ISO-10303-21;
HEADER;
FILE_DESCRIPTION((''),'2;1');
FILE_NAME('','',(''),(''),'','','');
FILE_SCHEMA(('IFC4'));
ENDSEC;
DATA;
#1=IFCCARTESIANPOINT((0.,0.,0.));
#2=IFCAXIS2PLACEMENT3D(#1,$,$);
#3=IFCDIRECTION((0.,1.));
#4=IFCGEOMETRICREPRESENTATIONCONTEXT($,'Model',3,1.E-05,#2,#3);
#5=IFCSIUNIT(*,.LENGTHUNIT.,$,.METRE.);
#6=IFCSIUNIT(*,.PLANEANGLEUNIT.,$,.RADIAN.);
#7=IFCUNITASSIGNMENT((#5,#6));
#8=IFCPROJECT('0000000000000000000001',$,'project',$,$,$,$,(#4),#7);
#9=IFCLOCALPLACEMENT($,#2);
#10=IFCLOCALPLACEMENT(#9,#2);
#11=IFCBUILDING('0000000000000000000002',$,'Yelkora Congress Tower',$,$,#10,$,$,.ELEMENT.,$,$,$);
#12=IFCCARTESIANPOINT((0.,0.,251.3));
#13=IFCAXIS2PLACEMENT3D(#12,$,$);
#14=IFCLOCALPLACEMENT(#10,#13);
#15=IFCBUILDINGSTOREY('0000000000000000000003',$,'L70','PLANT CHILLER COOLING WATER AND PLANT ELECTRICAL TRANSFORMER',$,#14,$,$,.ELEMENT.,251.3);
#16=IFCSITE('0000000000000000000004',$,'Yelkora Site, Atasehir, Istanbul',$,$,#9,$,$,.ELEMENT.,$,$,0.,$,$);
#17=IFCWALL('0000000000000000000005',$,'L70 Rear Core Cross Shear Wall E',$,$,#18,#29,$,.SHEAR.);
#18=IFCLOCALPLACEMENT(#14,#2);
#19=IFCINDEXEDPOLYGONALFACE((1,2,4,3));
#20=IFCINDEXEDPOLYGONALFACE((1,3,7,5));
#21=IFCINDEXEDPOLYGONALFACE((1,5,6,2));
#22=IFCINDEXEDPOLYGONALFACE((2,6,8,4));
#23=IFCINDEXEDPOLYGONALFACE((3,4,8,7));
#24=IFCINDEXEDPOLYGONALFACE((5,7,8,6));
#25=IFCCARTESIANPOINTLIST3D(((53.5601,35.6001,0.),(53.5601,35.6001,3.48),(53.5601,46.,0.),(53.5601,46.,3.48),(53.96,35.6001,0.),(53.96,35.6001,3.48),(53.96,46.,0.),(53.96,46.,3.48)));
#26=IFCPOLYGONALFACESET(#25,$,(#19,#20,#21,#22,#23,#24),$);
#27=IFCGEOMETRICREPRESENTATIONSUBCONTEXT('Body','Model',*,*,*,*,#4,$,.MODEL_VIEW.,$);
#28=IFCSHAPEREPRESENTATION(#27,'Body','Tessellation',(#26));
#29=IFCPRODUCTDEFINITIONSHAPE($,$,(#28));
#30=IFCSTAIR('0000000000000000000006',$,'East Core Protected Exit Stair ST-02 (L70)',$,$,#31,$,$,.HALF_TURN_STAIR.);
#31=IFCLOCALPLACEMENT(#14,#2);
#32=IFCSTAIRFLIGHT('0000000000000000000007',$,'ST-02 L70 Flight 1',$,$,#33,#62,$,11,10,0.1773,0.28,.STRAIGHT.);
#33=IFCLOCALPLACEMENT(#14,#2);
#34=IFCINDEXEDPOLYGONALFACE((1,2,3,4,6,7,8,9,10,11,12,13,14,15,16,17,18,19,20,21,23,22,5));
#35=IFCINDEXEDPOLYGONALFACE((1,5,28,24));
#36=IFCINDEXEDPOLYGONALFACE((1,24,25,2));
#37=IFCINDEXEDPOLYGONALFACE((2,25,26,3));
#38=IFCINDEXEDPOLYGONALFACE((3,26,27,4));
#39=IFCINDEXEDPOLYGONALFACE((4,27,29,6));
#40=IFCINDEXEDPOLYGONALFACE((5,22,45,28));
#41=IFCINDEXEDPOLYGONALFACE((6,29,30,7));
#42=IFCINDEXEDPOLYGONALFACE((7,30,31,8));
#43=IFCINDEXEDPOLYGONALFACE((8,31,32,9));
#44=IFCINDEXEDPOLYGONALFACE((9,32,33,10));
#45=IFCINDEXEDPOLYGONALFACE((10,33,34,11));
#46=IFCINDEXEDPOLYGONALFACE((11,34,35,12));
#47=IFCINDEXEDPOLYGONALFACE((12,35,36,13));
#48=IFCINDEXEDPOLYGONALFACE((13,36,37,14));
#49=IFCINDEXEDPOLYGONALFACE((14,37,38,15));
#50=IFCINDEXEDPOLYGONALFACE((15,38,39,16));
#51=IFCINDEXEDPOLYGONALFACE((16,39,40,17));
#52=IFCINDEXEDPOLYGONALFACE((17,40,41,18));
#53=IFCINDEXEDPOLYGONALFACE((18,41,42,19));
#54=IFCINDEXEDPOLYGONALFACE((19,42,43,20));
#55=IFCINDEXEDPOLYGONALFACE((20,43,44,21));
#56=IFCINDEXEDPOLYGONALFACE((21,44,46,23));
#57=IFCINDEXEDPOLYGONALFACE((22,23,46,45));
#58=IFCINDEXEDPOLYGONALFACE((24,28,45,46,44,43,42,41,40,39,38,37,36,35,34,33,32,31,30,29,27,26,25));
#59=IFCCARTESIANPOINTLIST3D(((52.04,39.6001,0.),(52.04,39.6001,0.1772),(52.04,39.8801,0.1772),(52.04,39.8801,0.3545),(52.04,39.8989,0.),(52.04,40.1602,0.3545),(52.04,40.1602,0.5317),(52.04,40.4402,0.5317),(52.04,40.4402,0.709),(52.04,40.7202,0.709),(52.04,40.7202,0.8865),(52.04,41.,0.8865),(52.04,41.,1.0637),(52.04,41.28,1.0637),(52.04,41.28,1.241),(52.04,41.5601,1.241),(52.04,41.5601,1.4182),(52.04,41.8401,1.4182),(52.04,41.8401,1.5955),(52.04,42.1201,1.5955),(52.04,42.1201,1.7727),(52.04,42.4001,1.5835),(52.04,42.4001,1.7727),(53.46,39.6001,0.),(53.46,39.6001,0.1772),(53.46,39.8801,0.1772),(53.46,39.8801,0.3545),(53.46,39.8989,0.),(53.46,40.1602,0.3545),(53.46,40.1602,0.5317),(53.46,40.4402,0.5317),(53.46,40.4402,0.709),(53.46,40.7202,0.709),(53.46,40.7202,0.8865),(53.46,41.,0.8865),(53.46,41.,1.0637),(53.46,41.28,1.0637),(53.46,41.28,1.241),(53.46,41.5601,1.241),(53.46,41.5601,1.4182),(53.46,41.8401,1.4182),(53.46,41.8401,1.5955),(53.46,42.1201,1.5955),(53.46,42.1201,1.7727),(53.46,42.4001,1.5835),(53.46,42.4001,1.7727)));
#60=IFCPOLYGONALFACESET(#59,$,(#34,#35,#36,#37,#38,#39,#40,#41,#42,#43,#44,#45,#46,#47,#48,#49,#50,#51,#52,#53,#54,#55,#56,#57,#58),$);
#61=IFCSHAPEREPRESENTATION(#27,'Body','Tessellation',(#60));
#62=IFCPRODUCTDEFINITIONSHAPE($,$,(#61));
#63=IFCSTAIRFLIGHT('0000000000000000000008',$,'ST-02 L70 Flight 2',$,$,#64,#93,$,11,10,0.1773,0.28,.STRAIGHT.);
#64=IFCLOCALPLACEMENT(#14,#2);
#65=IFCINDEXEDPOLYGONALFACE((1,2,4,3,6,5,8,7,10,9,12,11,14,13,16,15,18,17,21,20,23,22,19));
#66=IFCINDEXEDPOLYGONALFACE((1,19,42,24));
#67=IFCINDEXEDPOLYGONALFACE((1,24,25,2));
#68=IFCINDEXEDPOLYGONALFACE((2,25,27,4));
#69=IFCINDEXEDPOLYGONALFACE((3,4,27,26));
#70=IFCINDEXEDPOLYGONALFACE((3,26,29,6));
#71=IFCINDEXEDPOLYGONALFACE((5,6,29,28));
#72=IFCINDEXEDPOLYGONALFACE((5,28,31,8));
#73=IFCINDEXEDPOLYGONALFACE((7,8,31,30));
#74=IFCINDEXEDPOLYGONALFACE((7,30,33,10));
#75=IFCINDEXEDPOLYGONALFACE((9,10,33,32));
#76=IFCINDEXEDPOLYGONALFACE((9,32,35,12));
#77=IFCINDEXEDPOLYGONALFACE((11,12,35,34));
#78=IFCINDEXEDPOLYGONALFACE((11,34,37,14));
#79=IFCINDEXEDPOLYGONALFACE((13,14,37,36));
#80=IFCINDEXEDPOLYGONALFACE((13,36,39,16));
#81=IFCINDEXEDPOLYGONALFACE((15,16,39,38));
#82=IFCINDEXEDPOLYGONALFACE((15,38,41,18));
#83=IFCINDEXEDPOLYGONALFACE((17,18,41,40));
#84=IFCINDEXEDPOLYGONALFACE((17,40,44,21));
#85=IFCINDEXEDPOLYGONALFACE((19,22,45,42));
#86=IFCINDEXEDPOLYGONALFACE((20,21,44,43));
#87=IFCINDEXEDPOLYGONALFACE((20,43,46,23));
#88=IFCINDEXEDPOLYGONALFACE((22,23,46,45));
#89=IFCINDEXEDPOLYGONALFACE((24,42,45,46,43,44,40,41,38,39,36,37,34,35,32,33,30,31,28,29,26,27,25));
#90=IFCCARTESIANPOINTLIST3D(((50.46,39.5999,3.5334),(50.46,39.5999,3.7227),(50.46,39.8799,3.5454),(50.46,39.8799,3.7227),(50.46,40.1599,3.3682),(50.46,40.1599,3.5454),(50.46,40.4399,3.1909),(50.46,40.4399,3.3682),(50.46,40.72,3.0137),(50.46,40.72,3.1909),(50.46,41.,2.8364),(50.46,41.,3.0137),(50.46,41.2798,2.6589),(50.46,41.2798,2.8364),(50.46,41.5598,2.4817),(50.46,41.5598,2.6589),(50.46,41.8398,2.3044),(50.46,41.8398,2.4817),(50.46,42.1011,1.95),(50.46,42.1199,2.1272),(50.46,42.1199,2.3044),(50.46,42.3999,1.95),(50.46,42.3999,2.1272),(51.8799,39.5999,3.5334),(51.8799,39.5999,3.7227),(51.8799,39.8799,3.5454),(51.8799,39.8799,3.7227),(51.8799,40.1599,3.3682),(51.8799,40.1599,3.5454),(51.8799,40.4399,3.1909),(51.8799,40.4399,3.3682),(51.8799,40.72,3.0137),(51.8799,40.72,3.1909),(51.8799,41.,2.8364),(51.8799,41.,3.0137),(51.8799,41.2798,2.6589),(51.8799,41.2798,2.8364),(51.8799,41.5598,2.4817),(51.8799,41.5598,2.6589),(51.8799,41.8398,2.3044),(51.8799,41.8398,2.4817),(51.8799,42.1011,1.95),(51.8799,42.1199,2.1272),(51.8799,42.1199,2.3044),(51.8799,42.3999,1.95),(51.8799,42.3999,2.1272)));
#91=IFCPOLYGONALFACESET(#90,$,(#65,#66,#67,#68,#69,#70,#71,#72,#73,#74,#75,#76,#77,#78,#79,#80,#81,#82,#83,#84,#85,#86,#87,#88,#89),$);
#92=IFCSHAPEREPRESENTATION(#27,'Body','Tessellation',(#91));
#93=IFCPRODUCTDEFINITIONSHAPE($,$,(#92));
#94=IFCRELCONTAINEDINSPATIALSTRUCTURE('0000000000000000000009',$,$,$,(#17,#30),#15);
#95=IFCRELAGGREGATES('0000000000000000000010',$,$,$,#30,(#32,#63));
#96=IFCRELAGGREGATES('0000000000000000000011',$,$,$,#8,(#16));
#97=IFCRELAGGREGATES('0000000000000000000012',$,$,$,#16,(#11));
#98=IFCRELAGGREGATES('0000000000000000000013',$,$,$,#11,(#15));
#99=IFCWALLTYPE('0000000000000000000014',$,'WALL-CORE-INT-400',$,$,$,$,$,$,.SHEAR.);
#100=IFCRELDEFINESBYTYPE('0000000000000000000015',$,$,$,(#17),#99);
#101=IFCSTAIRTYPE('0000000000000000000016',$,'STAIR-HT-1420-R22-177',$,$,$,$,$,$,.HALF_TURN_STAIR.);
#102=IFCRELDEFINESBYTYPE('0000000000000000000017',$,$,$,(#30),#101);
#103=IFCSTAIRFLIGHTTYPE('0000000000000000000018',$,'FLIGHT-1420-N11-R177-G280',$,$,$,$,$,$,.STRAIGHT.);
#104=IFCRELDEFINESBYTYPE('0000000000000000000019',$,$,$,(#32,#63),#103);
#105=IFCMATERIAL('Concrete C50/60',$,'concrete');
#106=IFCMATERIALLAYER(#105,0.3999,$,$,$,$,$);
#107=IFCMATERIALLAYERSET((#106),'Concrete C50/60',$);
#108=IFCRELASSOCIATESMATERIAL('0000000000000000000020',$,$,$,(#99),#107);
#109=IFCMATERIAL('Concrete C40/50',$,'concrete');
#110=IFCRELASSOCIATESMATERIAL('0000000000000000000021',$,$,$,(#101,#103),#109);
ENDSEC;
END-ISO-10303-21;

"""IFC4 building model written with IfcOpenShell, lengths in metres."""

from ifc_helpers import new_model, si_unit, direction, frame, frame_2d, origin, place, context, subcontext, project, spatial, polyline, rectangle, outline, extrude, material, layer, layer_set, type_object, element, aggregate, save


model = new_model("IFC4")

# Units and contexts
model_context = context("Model", 3, precision=1e-05, world=origin(), true_north=direction((0.0, 1.0)))
body_context = subcontext(model_context, "Body", "Model", "MODEL_VIEW")
ifc_project = project(units=[si_unit("LENGTHUNIT", "METRE"), si_unit("PLANEANGLEUNIT", "RADIAN")], contexts=[model_context])

# Site, building, storey
site_placement = place(None, origin())
site = spatial("IfcSite", under=ifc_project, at=site_placement, Name="Yelkora Site, Atasehir, Istanbul", CompositionType="ELEMENT", RefElevation=0.0)
building_placement = place(site_placement, origin())
building = spatial("IfcBuilding", under=site, at=building_placement, Name="Yelkora Congress Tower", CompositionType="ELEMENT")
storey_placement = place(building_placement, frame((0.0, 0.0, 251.3)))
storey = spatial("IfcBuildingStorey", under=building, at=storey_placement, Name="L70", Description="PLANT CHILLER COOLING WATER AND PLANT ELECTRICAL TRANSFORMER", CompositionType="ELEMENT", Elevation=251.3)

# Wall
ifc_material_1 = material(Name="Concrete C50/60", Category="concrete")
ifc_layer_1 = layer(ifc_material_1, 0.3999)
ifc_layer_set_1 = layer_set([ifc_layer_1], Name="Concrete C50/60")
wall_type_1 = type_object("IfcWallType", Name="WALL-CORE-INT-400", PredefinedType="SHEAR", material=ifc_layer_set_1)
wall_1_placement = place(storey_placement, frame((53.76, 35.6001, 0.0), z_axis=(0.0, 0.0, 1.0), x_axis=(0.0, 1.0, 0.0)))
element("IfcWall", 1, at=wall_1_placement, inside=storey, type_object=wall_type_1, Name="L70 Rear Core Cross Shear Wall E", PredefinedType="SHEAR", context=body_context, shape_type="SweptSolid", body=[
    extrude(rectangle(XDim=10.3999, YDim=0.3999, at=frame_2d((5.2, 0.0))), origin(), (0.0, 0.0, 1.0), 3.48),
])

# Stair, stair flights
ifc_material_2 = material(Name="Concrete C40/50", Category="concrete")
stair_type = type_object("IfcStairType", Name="STAIR-HT-1420-R22-177", PredefinedType="HALF_TURN_STAIR", material=ifc_material_2)
stair_placement = place(storey_placement, origin())
stair = element("IfcStair", 2, at=stair_placement, inside=storey, type_object=stair_type, Name="East Core Protected Exit Stair ST-02 (L70)", PredefinedType="HALF_TURN_STAIR")
stair_flight_type = type_object("IfcStairFlightType", Name="FLIGHT-1420-N11-R177-G280", PredefinedType="STRAIGHT", material=ifc_material_2)
stair_flight_1_placement = place(storey_placement, frame((52.75, 39.6001, 0.0), z_axis=(0.0, 0.0, 1.0), x_axis=(0.0, 1.0, 0.0)))
stair_flight_1 = element("IfcStairFlight", 3, at=stair_flight_1_placement, type_object=stair_flight_type, Name="ST-02 L70 Flight 1", NumberOfRisers=11, NumberOfTreads=10, PredefinedType="STRAIGHT", RiserHeight=0.1773, TreadLength=0.28, context=body_context, shape_type="SweptSolid", body=[
    extrude(outline(polyline([(0.0, 0.0), (0.0, 0.1772), (0.28, 0.1772), (0.28, 0.3545), (0.5601, 0.3545), (0.5601, 0.5317), (0.8401, 0.5317), (0.8401, 0.709), (1.1201, 0.709), (1.1201, 0.8865), (1.3999, 0.8865), (1.3999, 1.0637), (1.6799, 1.0637), (1.6799, 1.241), (1.96, 1.241), (1.96, 1.4182), (2.24, 1.4182), (2.24, 1.5955), (2.52, 1.5955), (2.52, 1.7727), (2.8, 1.7727), (2.8, 1.95), (2.8, 1.5835), (0.2988, 0.0), (0.0, 0.0)])), frame((0.0, 0.71, 0.0), z_axis=(0.0, -1.0, 0.0), x_axis=(1.0, 0.0, 0.0)), (0.0, 0.0, 1.0), 1.4199),
])
stair_flight_2_placement = place(storey_placement, frame((51.1699, 42.3999, 1.95), z_axis=(0.0, 0.0, 1.0), x_axis=(0.0, -1.0, 0.0)))
stair_flight_2 = element("IfcStairFlight", 4, at=stair_flight_2_placement, type_object=stair_flight_type, Name="ST-02 L70 Flight 2", NumberOfRisers=11, NumberOfTreads=10, PredefinedType="STRAIGHT", RiserHeight=0.1773, TreadLength=0.28, context=body_context, shape_type="SweptSolid", body=[
    extrude(outline(polyline([(0.0, 0.0), (0.0, 0.1772), (0.28, 0.1772), (0.28, 0.3545), (0.5601, 0.3545), (0.5601, 0.5317), (0.8401, 0.5317), (0.8401, 0.709), (1.1201, 0.709), (1.1201, 0.8865), (1.3999, 0.8865), (1.3999, 1.0637), (1.6799, 1.0637), (1.6799, 1.241), (1.96, 1.241), (1.96, 1.4182), (2.24, 1.4182), (2.24, 1.5955), (2.52, 1.5955), (2.52, 1.7727), (2.8, 1.7727), (2.8, 1.95), (2.8, 1.5835), (0.2988, 0.0), (0.0, 0.0)])), frame((0.0, 0.71, 0.0), z_axis=(0.0, -1.0, 0.0), x_axis=(1.0, 0.0, 0.0)), (0.0, 0.0, 1.0), 1.4199),
])
aggregate(stair, [stair_flight_1, stair_flight_2])

save(model, "model.ifc")
